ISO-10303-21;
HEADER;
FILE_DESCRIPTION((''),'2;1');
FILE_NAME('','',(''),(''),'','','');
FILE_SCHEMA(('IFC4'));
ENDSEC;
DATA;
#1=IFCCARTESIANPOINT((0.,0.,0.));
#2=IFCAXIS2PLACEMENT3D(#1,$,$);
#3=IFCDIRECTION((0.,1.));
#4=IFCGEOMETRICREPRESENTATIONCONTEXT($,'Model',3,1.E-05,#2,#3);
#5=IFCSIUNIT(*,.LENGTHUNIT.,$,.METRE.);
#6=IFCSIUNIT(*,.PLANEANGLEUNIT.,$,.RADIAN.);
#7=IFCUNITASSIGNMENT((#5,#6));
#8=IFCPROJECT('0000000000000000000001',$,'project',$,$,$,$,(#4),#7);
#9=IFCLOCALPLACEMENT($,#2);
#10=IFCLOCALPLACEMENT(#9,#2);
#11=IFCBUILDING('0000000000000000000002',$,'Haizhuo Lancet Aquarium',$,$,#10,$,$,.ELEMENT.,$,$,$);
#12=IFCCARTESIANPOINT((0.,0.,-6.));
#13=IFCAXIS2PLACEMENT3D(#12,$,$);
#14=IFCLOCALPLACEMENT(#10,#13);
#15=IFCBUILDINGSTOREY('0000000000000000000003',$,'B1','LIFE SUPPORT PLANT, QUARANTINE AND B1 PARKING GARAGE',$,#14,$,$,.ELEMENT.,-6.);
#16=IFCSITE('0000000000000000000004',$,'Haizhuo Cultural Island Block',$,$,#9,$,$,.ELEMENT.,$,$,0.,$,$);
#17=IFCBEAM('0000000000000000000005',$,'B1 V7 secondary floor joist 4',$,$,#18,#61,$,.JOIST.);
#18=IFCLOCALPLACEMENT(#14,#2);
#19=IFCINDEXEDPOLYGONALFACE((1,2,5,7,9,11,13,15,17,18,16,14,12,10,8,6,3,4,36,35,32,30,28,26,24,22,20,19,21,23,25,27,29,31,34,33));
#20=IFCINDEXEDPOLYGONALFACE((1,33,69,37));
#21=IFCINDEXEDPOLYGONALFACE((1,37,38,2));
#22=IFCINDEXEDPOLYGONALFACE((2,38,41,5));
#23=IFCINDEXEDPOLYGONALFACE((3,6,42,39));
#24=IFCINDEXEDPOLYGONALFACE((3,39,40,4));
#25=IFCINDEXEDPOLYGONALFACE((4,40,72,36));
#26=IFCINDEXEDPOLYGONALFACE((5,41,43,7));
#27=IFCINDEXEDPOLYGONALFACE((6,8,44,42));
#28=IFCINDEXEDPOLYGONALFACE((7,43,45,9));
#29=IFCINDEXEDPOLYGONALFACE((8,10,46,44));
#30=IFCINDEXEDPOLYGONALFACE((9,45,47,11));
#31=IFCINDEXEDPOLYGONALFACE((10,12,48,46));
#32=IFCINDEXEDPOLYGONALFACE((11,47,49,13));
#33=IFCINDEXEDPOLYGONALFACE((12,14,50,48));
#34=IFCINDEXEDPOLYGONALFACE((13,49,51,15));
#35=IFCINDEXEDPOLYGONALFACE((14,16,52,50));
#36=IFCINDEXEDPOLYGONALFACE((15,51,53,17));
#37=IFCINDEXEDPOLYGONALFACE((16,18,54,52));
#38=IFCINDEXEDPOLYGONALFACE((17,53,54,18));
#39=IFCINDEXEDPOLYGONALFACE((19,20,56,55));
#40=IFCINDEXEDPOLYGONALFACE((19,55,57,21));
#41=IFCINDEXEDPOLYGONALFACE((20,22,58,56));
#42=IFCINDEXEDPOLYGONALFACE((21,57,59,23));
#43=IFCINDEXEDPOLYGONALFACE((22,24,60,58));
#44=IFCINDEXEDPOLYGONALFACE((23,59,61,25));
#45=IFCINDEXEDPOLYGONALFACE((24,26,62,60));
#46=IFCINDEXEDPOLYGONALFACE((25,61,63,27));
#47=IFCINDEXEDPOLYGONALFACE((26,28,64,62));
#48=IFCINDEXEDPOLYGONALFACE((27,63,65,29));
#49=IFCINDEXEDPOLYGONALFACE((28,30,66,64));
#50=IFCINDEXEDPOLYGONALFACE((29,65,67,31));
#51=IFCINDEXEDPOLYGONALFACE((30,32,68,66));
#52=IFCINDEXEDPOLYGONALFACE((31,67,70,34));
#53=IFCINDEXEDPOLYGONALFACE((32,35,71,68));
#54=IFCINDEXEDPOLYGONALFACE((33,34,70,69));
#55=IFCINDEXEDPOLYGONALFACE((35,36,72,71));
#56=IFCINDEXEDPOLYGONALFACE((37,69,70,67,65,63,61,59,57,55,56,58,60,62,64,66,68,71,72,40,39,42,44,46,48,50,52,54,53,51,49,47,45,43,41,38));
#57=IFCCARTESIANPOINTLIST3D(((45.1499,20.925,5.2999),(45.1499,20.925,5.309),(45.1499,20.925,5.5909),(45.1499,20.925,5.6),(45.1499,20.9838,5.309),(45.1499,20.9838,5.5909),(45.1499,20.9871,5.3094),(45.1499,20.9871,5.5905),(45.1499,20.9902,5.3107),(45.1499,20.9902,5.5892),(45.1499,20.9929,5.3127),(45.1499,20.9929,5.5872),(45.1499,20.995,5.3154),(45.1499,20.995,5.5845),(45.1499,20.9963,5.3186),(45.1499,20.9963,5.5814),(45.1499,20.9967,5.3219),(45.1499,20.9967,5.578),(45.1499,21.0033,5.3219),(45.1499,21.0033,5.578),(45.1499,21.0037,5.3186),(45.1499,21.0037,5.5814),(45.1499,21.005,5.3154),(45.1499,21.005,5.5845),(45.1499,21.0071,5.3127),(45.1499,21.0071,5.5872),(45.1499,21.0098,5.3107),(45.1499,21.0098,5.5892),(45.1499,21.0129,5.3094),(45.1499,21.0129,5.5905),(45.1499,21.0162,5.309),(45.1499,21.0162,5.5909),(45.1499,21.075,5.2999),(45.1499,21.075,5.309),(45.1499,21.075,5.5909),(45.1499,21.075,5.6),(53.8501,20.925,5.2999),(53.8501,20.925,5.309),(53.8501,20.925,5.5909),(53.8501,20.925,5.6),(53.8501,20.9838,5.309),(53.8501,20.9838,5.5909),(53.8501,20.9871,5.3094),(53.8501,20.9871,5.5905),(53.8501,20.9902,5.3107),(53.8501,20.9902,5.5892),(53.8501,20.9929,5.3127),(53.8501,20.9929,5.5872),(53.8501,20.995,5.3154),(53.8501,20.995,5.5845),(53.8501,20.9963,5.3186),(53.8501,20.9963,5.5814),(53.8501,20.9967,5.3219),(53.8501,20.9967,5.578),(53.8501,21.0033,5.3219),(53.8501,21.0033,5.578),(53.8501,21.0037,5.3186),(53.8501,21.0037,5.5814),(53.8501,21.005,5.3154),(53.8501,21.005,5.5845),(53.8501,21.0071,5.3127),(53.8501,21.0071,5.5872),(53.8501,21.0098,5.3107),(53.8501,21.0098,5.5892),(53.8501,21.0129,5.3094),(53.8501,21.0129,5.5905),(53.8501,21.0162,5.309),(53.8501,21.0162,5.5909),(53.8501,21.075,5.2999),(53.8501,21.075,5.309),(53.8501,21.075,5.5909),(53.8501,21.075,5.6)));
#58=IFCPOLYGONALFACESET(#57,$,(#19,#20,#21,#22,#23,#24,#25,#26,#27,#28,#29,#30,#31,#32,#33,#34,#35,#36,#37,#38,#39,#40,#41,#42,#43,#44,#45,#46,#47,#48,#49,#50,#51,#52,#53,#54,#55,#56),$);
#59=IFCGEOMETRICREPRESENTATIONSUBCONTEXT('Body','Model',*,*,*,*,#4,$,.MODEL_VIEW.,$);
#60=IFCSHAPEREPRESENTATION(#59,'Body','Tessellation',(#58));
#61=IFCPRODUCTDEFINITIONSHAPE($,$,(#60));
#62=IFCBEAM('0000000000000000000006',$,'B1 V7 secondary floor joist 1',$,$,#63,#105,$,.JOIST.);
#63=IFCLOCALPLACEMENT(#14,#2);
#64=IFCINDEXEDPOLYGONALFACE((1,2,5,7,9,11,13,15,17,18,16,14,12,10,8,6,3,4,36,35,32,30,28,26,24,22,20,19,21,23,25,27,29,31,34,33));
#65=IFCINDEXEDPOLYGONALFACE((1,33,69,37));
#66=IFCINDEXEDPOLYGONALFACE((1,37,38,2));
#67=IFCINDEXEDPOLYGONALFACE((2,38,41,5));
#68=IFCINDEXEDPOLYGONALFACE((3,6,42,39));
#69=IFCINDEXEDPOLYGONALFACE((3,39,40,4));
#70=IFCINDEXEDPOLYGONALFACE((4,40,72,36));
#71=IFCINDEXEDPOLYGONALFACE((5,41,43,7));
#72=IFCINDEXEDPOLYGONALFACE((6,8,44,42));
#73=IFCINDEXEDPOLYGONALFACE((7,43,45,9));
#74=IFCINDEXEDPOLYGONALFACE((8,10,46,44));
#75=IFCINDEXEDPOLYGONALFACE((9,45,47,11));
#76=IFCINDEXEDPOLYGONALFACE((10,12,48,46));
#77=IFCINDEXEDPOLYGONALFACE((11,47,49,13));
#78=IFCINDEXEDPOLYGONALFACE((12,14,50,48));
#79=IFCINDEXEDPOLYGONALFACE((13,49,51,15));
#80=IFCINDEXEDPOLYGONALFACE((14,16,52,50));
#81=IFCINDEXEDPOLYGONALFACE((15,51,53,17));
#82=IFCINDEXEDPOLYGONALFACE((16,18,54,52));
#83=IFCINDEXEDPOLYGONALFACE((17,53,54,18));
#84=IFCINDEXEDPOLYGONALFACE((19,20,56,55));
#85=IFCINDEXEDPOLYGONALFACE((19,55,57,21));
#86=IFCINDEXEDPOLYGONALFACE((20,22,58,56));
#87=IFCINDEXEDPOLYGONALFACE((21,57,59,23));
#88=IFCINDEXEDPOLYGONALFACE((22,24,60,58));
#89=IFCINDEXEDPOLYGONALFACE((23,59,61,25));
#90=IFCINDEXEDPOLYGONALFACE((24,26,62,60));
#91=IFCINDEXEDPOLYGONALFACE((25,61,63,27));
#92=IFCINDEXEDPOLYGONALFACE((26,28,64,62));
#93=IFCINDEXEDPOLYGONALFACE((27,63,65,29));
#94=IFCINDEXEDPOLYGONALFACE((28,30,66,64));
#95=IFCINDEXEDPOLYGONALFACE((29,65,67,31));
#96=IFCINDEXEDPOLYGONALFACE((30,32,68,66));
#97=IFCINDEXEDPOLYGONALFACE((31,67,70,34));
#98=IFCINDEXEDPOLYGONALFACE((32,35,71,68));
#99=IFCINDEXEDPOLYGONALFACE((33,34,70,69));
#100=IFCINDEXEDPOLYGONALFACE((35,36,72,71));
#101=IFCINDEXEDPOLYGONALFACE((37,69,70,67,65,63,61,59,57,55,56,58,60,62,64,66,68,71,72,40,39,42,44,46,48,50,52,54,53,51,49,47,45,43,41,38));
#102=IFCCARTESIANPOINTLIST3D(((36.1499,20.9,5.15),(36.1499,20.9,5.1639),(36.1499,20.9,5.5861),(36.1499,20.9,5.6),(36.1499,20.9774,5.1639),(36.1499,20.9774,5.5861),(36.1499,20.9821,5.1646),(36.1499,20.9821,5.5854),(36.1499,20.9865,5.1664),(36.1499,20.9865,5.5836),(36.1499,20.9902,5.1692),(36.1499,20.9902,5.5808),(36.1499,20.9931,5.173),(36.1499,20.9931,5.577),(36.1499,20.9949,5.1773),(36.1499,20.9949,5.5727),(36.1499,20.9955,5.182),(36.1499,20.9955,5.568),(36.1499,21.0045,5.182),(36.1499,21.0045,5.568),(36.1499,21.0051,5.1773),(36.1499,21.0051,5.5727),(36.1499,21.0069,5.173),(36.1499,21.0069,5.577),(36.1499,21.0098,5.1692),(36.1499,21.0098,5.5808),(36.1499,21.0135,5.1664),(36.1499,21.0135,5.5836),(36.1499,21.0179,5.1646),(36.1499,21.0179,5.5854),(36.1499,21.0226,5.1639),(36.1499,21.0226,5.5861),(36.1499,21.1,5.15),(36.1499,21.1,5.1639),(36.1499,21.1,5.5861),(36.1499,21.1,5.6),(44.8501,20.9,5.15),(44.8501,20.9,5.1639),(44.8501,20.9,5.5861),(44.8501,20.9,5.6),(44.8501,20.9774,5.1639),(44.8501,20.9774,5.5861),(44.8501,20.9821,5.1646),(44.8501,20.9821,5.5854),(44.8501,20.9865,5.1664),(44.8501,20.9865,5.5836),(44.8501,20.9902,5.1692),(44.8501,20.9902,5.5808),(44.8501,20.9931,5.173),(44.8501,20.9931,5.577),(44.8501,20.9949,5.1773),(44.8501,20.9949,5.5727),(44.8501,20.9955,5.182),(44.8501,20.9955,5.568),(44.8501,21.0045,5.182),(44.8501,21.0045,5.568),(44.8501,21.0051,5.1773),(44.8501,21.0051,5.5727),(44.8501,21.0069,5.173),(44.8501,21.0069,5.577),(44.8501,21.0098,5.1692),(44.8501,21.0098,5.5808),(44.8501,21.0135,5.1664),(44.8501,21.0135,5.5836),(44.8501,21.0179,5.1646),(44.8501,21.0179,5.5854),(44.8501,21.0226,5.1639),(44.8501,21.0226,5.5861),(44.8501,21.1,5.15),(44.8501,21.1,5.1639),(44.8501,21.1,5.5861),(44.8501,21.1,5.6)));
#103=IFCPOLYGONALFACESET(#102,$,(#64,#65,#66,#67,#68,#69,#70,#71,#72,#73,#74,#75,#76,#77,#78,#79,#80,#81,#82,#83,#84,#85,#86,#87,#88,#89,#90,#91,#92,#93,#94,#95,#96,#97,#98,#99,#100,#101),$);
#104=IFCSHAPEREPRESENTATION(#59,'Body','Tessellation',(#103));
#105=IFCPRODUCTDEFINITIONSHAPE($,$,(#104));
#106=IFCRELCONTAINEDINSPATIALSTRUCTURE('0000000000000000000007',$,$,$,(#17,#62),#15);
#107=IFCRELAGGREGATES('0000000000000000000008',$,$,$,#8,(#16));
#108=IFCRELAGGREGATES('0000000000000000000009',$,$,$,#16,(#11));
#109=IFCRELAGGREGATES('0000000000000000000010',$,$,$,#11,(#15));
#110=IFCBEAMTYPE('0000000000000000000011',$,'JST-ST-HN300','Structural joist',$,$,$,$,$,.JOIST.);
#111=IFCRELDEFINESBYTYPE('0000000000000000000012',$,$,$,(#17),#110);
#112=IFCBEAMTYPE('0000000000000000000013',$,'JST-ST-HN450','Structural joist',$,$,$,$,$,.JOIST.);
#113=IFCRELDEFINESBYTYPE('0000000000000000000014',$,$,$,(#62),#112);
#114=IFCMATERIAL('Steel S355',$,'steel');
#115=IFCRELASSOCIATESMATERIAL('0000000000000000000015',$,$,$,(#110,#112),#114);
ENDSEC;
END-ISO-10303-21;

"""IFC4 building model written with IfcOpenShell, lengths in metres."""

from ifc_helpers import new_model, si_unit, direction, frame, origin, origin_2d, place, context, subcontext, project, spatial, i_section, extrude, material, material_profile, profile_set, type_object, element, save


model = new_model("IFC4")

# Units and contexts
model_context = context("Model", 3, precision=1e-05, world=origin(), true_north=direction((0.0, 1.0)))
body_context = subcontext(model_context, "Body", "Model", "MODEL_VIEW")
ifc_project = project(units=[si_unit("LENGTHUNIT", "METRE"), si_unit("PLANEANGLEUNIT", "RADIAN")], contexts=[model_context])

# Site, building, storey
site_placement = place(None, origin())
site = spatial("IfcSite", under=ifc_project, at=site_placement, Name="Haizhuo Cultural Island Block", CompositionType="ELEMENT", RefElevation=0.0)
building_placement = place(site_placement, origin())
building = spatial("IfcBuilding", under=site, at=building_placement, Name="Haizhuo Lancet Aquarium", CompositionType="ELEMENT")
storey_placement = place(building_placement, frame((0.0, 0.0, -6.0)))
storey = spatial("IfcBuildingStorey", under=building, at=storey_placement, Name="B1", Description="LIFE SUPPORT PLANT, QUARANTINE AND B1 PARKING GARAGE", CompositionType="ELEMENT", Elevation=-6.0)

# Shared definitions
ifc_material_1 = material(Name="Steel S355", Category="steel")

# Beams
ifc_material_profile_1 = material_profile(ifc_material_1, i_section(OverallWidth=0.1499, OverallDepth=0.3, WebThickness=0.0066, FlangeThickness=0.009, FilletRadius=0.0129, at=origin_2d()), Name="HN 300x150x6.5x9")
ifc_profile_set_1 = profile_set([ifc_material_profile_1], Name="Steel S355")
beam_type_1 = type_object("IfcBeamType", Name="JST-ST-HN300", Description="Structural joist", PredefinedType="JOIST", material=ifc_profile_set_1)
beam_1_placement = place(storey_placement, frame((45.1499, 21.0, 5.45), z_axis=(1.0, 0.0, 0.0), x_axis=(0.0, 1.0, 0.0)))
element("IfcBeam", 1, at=beam_1_placement, inside=storey, type_object=beam_type_1, Name="B1 V7 secondary floor joist 4", PredefinedType="JOIST", context=body_context, shape_type="SweptSolid", body=[
    extrude(i_section(OverallWidth=0.1499, OverallDepth=0.3, WebThickness=0.0066, FlangeThickness=0.009, FilletRadius=0.0129, at=origin_2d()), origin(), (0.0, 0.0, 1.0), 8.7002),
])
ifc_material_profile_2 = material_profile(ifc_material_1, i_section(OverallWidth=0.2, OverallDepth=0.45, WebThickness=0.009, FlangeThickness=0.0139, FilletRadius=0.0181, at=origin_2d()), Name="HN 450x200x9x14")
ifc_profile_set_2 = profile_set([ifc_material_profile_2], Name="Steel S355")
beam_type_2 = type_object("IfcBeamType", Name="JST-ST-HN450", Description="Structural joist", PredefinedType="JOIST", material=ifc_profile_set_2)
beam_2_placement = place(storey_placement, frame((36.1499, 21.0, 5.375), z_axis=(1.0, 0.0, 0.0), x_axis=(0.0, 1.0, 0.0)))
element("IfcBeam", 2, at=beam_2_placement, inside=storey, type_object=beam_type_2, Name="B1 V7 secondary floor joist 1", PredefinedType="JOIST", context=body_context, shape_type="SweptSolid", body=[
    extrude(i_section(OverallWidth=0.2, OverallDepth=0.45, WebThickness=0.009, FlangeThickness=0.0139, FilletRadius=0.0181, at=origin_2d()), origin(), (0.0, 0.0, 1.0), 8.7002),
])

save(model, "model.ifc")
